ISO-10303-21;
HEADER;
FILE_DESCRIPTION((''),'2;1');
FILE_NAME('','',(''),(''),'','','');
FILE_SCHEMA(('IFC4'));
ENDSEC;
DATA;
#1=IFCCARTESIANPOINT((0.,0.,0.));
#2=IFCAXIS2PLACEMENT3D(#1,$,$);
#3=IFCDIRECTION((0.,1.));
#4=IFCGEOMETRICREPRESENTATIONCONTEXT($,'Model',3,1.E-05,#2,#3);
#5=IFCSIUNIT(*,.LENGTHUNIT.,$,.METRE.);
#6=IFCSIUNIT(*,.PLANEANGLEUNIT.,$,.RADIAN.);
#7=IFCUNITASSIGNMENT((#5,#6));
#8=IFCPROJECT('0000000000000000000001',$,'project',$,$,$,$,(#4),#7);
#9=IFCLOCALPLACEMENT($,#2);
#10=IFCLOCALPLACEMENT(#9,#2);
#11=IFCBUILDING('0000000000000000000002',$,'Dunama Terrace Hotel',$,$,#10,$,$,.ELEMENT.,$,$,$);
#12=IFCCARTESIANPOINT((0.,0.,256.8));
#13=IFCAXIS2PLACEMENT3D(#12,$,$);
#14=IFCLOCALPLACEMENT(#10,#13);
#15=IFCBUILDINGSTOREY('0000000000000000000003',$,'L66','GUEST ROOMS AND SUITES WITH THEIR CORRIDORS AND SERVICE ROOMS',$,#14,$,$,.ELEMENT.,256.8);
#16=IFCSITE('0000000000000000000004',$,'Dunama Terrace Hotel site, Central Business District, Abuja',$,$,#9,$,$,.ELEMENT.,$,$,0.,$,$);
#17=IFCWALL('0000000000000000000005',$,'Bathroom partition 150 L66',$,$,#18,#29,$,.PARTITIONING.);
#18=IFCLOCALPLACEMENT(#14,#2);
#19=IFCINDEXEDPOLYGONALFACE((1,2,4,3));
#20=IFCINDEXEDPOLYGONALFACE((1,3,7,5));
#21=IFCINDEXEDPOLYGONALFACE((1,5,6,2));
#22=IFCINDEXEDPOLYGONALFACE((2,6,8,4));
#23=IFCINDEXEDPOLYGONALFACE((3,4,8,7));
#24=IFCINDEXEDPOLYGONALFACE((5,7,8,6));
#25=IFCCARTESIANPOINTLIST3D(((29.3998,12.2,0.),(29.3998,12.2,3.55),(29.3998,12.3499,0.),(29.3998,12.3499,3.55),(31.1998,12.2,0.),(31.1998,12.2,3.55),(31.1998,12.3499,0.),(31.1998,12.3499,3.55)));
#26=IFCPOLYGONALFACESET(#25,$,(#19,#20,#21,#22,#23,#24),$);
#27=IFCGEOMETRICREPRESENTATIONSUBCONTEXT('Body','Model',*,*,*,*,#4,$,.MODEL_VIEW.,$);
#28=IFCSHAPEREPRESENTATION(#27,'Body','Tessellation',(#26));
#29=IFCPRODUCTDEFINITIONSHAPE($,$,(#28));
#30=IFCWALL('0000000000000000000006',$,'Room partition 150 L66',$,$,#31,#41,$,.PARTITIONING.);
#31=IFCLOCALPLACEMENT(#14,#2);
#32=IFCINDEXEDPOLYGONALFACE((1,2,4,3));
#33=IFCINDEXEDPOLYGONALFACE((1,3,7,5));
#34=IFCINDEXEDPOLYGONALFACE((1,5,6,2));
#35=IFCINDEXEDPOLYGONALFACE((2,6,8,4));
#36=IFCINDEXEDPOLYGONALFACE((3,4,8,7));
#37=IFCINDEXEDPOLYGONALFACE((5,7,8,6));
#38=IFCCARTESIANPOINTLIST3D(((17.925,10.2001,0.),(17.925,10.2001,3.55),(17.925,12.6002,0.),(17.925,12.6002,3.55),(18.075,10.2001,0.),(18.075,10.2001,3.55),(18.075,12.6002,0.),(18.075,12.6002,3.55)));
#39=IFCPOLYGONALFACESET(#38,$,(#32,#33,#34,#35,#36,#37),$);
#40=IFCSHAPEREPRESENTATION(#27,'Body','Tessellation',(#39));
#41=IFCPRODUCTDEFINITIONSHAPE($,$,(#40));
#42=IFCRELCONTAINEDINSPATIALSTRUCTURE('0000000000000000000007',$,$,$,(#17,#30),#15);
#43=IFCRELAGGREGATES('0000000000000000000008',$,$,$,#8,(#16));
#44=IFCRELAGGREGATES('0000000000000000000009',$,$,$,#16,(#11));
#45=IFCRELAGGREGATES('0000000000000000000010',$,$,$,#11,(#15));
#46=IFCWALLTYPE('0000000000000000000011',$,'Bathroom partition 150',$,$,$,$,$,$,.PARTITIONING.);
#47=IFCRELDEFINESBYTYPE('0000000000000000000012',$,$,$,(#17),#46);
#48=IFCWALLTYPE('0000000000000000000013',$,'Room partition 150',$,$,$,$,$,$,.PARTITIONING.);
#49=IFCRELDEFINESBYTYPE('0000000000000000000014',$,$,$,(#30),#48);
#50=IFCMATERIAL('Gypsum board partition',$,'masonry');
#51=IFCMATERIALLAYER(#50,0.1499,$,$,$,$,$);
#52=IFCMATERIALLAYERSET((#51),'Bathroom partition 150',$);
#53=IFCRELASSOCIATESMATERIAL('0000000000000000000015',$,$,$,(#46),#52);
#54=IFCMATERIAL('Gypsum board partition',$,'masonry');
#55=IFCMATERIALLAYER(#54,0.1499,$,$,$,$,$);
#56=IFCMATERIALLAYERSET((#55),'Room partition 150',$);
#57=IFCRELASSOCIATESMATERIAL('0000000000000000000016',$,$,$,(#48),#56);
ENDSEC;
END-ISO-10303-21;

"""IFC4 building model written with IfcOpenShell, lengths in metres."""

from ifc_helpers import new_model, si_unit, direction, frame, frame_2d, origin, place, context, subcontext, project, spatial, rectangle, extrude, material, layer, layer_set, type_object, element, save


model = new_model("IFC4")

# Units and contexts
model_context = context("Model", 3, precision=1e-05, world=origin(), true_north=direction((0.0, 1.0)))
body_context = subcontext(model_context, "Body", "Model", "MODEL_VIEW")
ifc_project = project(units=[si_unit("LENGTHUNIT", "METRE"), si_unit("PLANEANGLEUNIT", "RADIAN")], contexts=[model_context])

# Site, building, storey
site_placement = place(None, origin())
site = spatial("IfcSite", under=ifc_project, at=site_placement, Name="Dunama Terrace Hotel site, Central Business District, Abuja", CompositionType="ELEMENT", RefElevation=0.0)
building_placement = place(site_placement, origin())
building = spatial("IfcBuilding", under=site, at=building_placement, Name="Dunama Terrace Hotel", CompositionType="ELEMENT")
storey_placement = place(building_placement, frame((0.0, 0.0, 256.8)))
storey = spatial("IfcBuildingStorey", under=building, at=storey_placement, Name="L66", Description="GUEST ROOMS AND SUITES WITH THEIR CORRIDORS AND SERVICE ROOMS", CompositionType="ELEMENT", Elevation=256.8)

# Shared definitions
ifc_material_1 = material(Name="Gypsum board partition", Category="masonry")
ifc_layer_1 = layer(ifc_material_1, 0.1499)
ifc_layer_set_1 = layer_set([ifc_layer_1], Name="Bathroom partition 150")
wall_type_1 = type_object("IfcWallType", Name="Bathroom partition 150", PredefinedType="PARTITIONING", material=ifc_layer_set_1)

# Walls
wall_1_placement = place(storey_placement, frame((29.3999, 12.2749, 0.0), z_axis=(0.0, 0.0, 1.0), x_axis=(1.0, 0.0, 0.0)))
element("IfcWall", 1, at=wall_1_placement, inside=storey, type_object=wall_type_1, Name="Bathroom partition 150 L66", PredefinedType="PARTITIONING", context=body_context, shape_type="SweptSolid", body=[
    extrude(rectangle(XDim=1.8, YDim=0.1499, at=frame_2d((0.8999, 0.0))), origin(), (0.0, 0.0, 1.0), 3.55),
])
ifc_material_2 = material(Name="Gypsum board partition", Category="masonry")
ifc_layer_2 = layer(ifc_material_2, 0.1499)
ifc_layer_set_2 = layer_set([ifc_layer_2], Name="Room partition 150")
wall_type_2 = type_object("IfcWallType", Name="Room partition 150", PredefinedType="PARTITIONING", material=ifc_layer_set_2)
wall_2_placement = place(storey_placement, frame((18.0, 10.2, 0.0), z_axis=(0.0, 0.0, 1.0), x_axis=(0.0, 1.0, 0.0)))
element("IfcWall", 2, at=wall_2_placement, inside=storey, type_object=wall_type_2, Name="Room partition 150 L66", PredefinedType="PARTITIONING", context=body_context, shape_type="SweptSolid", body=[
    extrude(rectangle(XDim=2.4001, YDim=0.1499, at=frame_2d((1.2002, 0.0))), origin(), (0.0, 0.0, 1.0), 3.55),
])

save(model, "model.ifc")
